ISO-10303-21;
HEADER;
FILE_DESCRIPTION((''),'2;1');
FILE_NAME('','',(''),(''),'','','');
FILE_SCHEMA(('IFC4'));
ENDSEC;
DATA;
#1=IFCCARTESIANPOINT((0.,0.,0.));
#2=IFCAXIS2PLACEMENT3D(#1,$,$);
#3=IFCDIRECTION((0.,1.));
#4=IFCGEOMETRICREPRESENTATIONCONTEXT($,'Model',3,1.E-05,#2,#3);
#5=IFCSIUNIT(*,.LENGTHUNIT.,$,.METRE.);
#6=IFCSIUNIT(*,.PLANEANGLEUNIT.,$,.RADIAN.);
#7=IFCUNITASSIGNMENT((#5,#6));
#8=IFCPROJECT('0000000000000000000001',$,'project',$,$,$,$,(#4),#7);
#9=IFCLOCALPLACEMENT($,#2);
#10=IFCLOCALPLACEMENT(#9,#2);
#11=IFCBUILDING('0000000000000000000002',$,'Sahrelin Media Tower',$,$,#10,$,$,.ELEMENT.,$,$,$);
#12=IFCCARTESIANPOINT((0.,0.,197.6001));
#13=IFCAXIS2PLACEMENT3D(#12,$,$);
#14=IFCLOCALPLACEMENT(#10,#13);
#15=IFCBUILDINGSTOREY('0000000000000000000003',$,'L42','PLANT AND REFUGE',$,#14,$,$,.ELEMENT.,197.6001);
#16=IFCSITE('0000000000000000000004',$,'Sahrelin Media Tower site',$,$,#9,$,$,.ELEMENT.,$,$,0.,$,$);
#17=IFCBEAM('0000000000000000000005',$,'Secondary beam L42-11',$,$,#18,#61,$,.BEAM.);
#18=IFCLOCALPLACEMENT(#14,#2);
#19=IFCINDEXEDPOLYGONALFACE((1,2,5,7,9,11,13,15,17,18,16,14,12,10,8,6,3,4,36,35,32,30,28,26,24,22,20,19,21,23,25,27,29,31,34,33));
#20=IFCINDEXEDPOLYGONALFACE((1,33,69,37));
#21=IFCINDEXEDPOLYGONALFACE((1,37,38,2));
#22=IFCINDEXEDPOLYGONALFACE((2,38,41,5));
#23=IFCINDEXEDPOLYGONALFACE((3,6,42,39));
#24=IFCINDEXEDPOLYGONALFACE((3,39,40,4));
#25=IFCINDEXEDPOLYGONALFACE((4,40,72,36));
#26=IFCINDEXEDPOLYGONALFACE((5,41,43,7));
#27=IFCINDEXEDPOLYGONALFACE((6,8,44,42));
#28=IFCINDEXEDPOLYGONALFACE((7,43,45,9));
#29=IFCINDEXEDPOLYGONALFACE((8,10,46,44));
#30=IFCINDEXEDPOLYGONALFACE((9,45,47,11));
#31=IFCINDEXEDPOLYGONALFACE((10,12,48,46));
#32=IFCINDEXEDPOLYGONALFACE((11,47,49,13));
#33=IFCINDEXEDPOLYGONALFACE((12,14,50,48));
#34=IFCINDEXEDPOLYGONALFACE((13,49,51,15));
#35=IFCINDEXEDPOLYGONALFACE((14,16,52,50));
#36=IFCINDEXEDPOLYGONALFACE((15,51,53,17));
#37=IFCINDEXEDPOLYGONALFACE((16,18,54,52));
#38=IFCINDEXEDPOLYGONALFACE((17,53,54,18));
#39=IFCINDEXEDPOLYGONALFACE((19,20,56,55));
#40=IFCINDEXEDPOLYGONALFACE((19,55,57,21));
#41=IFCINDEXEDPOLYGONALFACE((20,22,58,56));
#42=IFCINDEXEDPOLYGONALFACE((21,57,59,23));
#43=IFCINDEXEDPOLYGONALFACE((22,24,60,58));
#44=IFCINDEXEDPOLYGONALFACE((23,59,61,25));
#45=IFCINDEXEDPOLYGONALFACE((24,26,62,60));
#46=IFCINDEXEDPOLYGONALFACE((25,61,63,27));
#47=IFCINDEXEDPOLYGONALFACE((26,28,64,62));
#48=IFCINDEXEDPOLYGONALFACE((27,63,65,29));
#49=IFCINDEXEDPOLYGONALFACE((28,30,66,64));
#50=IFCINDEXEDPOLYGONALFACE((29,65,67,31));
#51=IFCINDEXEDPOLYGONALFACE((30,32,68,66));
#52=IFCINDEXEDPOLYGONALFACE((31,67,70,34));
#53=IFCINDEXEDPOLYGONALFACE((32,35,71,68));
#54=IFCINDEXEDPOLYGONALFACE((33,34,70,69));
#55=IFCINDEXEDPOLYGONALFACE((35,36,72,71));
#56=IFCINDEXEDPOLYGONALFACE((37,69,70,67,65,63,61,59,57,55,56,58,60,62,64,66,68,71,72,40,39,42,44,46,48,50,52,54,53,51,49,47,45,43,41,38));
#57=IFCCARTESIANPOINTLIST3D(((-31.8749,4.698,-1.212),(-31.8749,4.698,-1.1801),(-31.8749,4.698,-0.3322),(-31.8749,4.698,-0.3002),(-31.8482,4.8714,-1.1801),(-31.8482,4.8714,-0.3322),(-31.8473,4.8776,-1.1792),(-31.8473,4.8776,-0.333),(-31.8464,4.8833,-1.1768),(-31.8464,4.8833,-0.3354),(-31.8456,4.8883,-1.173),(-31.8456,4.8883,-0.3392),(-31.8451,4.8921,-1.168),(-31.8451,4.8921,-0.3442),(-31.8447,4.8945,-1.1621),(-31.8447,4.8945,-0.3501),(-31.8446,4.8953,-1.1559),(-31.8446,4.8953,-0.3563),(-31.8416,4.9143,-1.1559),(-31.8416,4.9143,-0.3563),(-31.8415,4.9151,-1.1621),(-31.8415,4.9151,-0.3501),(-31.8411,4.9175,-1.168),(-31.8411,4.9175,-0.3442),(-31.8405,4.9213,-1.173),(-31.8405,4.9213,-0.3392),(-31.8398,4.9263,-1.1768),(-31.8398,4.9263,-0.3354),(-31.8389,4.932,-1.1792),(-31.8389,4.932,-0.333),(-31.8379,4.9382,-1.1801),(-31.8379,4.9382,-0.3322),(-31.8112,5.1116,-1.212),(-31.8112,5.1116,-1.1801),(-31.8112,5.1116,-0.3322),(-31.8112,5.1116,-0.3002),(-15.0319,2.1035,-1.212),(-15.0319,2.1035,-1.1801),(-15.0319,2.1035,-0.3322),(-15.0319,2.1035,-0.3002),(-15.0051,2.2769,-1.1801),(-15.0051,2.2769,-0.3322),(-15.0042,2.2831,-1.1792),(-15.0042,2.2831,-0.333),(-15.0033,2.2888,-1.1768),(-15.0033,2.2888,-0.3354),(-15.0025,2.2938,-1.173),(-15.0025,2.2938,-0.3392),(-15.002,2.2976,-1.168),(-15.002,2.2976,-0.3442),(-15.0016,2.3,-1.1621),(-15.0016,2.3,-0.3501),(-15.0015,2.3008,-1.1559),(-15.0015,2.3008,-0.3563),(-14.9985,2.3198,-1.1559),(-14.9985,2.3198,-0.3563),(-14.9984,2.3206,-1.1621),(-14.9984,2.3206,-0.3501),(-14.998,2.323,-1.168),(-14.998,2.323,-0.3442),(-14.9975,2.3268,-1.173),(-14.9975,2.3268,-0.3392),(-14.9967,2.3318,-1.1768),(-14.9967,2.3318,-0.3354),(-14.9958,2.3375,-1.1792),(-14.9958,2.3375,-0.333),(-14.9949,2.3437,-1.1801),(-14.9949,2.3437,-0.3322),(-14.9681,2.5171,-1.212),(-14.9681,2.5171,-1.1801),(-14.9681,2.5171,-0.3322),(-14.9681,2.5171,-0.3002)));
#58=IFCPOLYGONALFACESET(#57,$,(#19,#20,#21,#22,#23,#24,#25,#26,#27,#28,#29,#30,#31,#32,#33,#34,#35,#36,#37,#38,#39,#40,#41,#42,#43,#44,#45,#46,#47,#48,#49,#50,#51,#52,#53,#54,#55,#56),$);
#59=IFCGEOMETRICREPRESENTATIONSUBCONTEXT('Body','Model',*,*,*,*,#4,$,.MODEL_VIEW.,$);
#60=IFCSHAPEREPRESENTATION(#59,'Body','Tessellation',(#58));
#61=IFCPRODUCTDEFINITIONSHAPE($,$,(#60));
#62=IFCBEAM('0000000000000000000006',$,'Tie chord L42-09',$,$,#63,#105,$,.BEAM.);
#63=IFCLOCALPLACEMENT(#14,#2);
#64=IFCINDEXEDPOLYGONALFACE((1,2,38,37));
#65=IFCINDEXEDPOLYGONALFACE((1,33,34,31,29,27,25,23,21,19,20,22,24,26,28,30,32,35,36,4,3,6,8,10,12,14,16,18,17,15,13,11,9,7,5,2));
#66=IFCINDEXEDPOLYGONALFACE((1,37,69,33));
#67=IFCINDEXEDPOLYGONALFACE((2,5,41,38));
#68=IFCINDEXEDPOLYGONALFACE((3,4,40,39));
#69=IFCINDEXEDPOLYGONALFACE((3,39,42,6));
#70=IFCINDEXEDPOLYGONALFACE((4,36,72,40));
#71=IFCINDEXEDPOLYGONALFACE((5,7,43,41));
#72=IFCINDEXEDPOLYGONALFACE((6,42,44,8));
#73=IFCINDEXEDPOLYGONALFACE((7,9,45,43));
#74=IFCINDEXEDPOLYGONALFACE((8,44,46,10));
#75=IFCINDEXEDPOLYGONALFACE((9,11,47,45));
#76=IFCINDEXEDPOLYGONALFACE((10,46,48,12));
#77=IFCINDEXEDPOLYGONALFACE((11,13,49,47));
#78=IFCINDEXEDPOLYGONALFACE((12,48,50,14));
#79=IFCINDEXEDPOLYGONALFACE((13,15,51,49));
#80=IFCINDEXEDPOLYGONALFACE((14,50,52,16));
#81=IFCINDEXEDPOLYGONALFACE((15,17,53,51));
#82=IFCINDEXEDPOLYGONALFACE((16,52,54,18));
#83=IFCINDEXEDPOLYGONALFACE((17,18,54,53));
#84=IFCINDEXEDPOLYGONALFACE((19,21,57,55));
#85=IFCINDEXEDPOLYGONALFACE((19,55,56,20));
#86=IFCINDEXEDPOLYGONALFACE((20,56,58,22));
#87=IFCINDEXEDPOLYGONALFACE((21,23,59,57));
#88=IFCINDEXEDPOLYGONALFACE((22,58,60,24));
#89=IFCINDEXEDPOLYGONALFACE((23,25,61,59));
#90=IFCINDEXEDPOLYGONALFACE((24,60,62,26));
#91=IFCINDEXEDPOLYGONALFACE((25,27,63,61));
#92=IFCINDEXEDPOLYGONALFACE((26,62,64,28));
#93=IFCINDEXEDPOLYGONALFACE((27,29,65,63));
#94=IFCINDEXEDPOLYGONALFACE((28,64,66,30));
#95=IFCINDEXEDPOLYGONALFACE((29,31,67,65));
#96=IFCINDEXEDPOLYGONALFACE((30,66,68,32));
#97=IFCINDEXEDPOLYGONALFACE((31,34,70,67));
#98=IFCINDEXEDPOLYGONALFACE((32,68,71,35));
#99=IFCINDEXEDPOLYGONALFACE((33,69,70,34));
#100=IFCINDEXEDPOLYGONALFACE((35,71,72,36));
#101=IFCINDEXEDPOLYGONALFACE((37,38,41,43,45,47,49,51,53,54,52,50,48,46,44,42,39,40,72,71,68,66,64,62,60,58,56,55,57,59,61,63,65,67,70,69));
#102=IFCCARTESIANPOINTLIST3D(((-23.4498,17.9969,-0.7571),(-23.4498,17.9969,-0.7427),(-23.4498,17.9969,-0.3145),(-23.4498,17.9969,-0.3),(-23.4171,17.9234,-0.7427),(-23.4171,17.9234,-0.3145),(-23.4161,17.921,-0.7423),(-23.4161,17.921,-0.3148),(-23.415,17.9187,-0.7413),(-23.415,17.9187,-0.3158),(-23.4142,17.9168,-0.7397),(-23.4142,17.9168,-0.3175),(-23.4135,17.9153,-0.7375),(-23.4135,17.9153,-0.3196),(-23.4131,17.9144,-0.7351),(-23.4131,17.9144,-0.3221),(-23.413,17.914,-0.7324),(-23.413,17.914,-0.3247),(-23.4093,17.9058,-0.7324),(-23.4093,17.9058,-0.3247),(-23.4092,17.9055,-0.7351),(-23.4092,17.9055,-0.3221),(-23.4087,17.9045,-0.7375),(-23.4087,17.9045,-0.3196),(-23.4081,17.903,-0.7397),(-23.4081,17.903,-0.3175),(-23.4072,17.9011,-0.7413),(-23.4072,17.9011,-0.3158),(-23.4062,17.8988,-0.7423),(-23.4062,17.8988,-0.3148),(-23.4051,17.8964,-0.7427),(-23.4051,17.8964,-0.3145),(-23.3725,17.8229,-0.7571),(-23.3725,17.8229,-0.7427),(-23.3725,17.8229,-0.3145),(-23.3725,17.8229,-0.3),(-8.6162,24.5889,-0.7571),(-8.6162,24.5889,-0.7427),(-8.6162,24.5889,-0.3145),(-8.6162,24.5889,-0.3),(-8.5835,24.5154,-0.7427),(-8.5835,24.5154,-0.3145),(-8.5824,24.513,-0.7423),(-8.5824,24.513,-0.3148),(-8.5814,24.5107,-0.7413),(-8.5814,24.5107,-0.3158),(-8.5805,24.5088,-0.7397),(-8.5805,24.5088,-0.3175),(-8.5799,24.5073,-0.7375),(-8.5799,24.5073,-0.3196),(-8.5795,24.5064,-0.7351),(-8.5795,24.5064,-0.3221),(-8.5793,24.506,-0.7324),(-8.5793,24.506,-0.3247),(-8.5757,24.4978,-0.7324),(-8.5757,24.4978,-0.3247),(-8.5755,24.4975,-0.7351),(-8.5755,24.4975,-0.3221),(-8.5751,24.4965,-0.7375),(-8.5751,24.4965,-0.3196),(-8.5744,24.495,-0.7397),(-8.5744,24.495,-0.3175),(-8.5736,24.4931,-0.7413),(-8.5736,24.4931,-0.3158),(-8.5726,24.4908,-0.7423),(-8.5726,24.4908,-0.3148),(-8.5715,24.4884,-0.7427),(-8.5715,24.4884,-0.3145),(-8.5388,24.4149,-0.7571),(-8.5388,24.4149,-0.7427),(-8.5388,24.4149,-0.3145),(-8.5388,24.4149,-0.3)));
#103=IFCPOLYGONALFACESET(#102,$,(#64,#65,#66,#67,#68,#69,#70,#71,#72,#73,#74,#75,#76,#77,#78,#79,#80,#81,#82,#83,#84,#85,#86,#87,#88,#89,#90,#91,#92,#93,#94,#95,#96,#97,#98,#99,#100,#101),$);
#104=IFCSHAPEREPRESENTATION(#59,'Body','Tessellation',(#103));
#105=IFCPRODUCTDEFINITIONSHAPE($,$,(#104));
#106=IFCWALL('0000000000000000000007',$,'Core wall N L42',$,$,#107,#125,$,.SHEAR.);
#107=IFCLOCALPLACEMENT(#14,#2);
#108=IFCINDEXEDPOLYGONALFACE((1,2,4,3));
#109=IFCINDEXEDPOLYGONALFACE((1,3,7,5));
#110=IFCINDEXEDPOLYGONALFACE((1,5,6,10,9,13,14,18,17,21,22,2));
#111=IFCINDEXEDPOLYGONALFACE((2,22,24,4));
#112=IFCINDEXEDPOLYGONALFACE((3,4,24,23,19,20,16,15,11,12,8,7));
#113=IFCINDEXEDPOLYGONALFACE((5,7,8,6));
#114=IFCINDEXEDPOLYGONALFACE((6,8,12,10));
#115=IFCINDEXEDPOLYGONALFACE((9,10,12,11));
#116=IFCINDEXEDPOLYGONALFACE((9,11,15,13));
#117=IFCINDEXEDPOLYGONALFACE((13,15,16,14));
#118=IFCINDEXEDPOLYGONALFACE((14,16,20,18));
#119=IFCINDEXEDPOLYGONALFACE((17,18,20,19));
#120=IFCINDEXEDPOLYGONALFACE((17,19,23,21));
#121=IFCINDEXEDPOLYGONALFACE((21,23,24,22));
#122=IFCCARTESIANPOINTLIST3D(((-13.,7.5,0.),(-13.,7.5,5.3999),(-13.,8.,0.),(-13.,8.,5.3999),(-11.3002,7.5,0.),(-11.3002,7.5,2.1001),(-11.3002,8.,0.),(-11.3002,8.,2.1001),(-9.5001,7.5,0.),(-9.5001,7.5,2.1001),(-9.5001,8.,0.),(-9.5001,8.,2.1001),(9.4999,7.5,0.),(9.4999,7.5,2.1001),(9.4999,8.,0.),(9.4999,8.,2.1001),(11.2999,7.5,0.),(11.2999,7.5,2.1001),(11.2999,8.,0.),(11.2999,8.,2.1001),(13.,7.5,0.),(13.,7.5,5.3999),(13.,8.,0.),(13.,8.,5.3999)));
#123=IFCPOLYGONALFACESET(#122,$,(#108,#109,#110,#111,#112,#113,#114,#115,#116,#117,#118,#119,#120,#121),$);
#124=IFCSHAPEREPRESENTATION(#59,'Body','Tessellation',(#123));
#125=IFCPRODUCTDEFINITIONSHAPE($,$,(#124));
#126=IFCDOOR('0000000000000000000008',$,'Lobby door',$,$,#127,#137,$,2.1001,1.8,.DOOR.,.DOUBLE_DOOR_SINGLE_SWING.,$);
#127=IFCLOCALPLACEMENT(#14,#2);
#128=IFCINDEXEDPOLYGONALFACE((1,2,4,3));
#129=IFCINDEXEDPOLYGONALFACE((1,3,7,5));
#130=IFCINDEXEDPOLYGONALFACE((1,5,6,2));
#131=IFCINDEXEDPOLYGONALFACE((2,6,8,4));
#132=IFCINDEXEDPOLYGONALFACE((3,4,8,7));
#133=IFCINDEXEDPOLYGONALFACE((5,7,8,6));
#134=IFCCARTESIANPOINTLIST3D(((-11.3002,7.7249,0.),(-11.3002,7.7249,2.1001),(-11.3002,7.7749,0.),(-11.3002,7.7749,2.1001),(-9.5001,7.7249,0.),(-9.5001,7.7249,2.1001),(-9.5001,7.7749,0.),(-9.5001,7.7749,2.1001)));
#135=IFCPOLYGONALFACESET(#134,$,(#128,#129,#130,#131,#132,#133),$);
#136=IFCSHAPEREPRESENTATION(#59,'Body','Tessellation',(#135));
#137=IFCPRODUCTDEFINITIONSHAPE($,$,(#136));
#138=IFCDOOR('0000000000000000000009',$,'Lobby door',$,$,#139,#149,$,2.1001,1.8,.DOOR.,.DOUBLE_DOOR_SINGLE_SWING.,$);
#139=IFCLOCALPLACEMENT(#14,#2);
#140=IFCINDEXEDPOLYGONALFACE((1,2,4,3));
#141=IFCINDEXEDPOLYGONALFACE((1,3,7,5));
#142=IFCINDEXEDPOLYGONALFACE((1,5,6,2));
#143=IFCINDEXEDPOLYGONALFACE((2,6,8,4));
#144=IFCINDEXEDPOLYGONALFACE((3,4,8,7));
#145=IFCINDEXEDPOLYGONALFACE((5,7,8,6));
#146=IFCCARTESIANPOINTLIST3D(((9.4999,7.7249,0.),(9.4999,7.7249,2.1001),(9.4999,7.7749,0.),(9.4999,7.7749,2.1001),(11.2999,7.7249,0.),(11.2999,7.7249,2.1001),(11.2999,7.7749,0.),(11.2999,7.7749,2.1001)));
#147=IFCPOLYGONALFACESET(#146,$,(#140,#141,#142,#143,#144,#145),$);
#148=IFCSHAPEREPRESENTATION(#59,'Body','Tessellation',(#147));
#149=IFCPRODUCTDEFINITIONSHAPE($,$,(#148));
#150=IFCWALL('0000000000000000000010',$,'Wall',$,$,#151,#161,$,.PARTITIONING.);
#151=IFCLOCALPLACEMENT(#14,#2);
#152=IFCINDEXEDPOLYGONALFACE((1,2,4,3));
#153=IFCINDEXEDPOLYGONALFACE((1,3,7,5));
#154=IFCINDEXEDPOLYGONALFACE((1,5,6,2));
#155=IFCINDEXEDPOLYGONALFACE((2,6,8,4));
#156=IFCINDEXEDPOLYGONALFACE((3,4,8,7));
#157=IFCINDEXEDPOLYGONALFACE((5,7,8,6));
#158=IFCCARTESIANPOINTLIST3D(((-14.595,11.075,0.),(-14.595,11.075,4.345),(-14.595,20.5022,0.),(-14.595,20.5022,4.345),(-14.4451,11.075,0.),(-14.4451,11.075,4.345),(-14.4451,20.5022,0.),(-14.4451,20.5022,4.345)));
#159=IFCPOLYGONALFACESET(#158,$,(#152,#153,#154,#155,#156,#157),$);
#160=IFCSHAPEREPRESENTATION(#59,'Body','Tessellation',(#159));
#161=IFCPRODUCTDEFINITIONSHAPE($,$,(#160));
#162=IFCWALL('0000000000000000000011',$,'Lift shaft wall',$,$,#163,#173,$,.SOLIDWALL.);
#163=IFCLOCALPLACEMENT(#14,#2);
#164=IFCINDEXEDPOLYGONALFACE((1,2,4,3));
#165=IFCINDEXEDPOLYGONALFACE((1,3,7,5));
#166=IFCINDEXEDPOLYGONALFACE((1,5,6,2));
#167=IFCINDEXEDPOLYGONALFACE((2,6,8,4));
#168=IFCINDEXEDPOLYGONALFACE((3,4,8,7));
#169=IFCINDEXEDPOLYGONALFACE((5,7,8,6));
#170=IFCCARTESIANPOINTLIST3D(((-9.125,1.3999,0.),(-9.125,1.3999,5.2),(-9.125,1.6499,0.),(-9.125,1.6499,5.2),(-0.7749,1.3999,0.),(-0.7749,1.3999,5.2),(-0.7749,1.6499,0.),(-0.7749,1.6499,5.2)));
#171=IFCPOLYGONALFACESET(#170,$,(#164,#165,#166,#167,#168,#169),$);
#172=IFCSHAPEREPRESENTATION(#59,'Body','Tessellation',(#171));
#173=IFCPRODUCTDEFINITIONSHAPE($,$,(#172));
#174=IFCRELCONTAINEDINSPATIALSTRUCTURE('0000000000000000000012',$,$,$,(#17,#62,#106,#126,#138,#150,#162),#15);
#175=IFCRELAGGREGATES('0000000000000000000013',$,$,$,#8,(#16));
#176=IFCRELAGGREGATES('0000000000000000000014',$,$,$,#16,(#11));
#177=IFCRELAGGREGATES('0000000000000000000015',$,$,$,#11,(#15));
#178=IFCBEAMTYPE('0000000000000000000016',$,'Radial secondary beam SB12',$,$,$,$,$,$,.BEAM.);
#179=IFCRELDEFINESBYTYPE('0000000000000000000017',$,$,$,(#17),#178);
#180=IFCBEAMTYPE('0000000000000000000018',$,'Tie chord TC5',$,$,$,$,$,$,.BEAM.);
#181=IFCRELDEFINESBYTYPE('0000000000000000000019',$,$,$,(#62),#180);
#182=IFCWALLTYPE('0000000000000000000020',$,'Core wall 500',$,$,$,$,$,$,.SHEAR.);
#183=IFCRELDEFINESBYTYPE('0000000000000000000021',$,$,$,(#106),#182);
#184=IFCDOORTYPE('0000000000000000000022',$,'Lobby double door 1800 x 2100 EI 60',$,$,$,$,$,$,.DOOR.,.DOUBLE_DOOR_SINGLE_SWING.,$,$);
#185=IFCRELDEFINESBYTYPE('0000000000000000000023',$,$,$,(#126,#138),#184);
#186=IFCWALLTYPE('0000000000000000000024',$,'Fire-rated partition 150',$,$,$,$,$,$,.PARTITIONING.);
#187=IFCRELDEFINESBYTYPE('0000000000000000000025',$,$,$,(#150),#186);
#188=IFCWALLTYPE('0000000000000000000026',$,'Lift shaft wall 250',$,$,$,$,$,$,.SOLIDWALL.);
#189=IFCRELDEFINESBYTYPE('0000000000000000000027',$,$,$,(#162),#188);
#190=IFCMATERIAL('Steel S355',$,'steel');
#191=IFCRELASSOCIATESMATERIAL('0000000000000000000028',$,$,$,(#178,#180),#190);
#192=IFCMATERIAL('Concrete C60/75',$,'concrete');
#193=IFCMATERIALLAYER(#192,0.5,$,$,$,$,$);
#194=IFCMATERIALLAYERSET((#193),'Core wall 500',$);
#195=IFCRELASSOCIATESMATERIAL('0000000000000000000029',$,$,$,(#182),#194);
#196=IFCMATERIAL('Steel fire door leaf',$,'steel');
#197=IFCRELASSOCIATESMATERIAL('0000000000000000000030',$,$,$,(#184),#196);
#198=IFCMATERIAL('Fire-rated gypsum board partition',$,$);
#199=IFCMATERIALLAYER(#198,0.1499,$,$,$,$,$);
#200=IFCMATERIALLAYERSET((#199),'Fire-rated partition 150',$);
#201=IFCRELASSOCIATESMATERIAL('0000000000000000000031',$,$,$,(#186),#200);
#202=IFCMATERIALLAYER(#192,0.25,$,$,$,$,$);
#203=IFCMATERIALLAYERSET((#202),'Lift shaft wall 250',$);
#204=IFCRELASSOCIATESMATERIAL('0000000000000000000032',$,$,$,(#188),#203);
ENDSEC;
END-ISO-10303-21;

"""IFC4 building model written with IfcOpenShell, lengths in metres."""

from ifc_helpers import new_model, si_unit, direction, frame, frame_2d, origin, origin_2d, place, context, subcontext, project, spatial, rectangle, i_section, extrude, material, layer, layer_set, material_profile, profile_set, type_object, element, fill, save


model = new_model("IFC4")

# Units and contexts
model_context = context("Model", 3, precision=1e-05, world=origin(), true_north=direction((0.0, 1.0)))
body_context = subcontext(model_context, "Body", "Model", "MODEL_VIEW")
ifc_project = project(units=[si_unit("LENGTHUNIT", "METRE"), si_unit("PLANEANGLEUNIT", "RADIAN")], contexts=[model_context])

# Site, building, storey
site_placement = place(None, origin())
site = spatial("IfcSite", under=ifc_project, at=site_placement, Name="Sahrelin Media Tower site", CompositionType="ELEMENT", RefElevation=0.0)
building_placement = place(site_placement, origin())
building = spatial("IfcBuilding", under=site, at=building_placement, Name="Sahrelin Media Tower", CompositionType="ELEMENT")
storey_placement = place(building_placement, frame((0.0, 0.0, 197.6001)))
storey = spatial("IfcBuildingStorey", under=building, at=storey_placement, Name="L42", Description="PLANT AND REFUGE", CompositionType="ELEMENT", Elevation=197.6001)

# Beams
ifc_material_1 = material(Name="Steel S355", Category="steel")
ifc_material_profile_1 = material_profile(ifc_material_1, i_section(OverallWidth=0.4185, OverallDepth=0.9119, WebThickness=0.0193, FlangeThickness=0.032, FilletRadius=0.0242, at=origin_2d()), Name="UB 914x419x343")
ifc_profile_set_1 = profile_set([ifc_material_profile_1], Name="Steel S355")
beam_type_1 = type_object("IfcBeamType", Name="Radial secondary beam SB12", PredefinedType="BEAM", material=ifc_profile_set_1)
beam_1_placement = place(storey_placement, frame((-15.0, 2.3103, -0.7561), z_axis=(-0.988343, 0.152243, 0.0), x_axis=(-0.152243, -0.988343, 0.0)))
element("IfcBeam", 1, at=beam_1_placement, inside=storey, type_object=beam_type_1, Name="Secondary beam L42-11", PredefinedType="BEAM", context=body_context, shape_type="SweptSolid", body=[
    extrude(i_section(OverallWidth=0.4185, OverallDepth=0.9119, WebThickness=0.0193, FlangeThickness=0.032, FilletRadius=0.0242, at=origin_2d()), origin(), (0.0, 0.0, 1.0), 17.0417),
])
ifc_material_profile_2 = material_profile(ifc_material_1, i_section(OverallWidth=0.1904, OverallDepth=0.457, WebThickness=0.009, FlangeThickness=0.0144, FilletRadius=0.0103, at=origin_2d()), Name="UB 457x191x74")
ifc_profile_set_2 = profile_set([ifc_material_profile_2], Name="Steel S355")
beam_type_2 = type_object("IfcBeamType", Name="Tie chord TC5", PredefinedType="BEAM", material=ifc_profile_set_2)
beam_2_placement = place(storey_placement, frame((-23.4111, 17.9099, -0.5286), z_axis=(0.913828, 0.406101, 0.0), x_axis=(-0.406101, 0.913828, 0.0)))
element("IfcBeam", 2, at=beam_2_placement, inside=storey, type_object=beam_type_2, Name="Tie chord L42-09", PredefinedType="BEAM", context=body_context, shape_type="SweptSolid", body=[
    extrude(i_section(OverallWidth=0.1904, OverallDepth=0.457, WebThickness=0.009, FlangeThickness=0.0144, FilletRadius=0.0103, at=origin_2d()), origin(), (0.0, 0.0, 1.0), 16.2324),
])

# Wall, openings, doors
ifc_material_2 = material(Name="Concrete C60/75", Category="concrete")
ifc_layer_1 = layer(ifc_material_2, 0.5)
ifc_layer_set_1 = layer_set([ifc_layer_1], Name="Core wall 500")
wall_type_1 = type_object("IfcWallType", Name="Core wall 500", PredefinedType="SHEAR", material=ifc_layer_set_1)
wall_1_placement = place(storey_placement, frame((-13.0, 7.75, 0.0), z_axis=(0.0, 0.0, 1.0), x_axis=(1.0, 0.0, 0.0)))
wall_1 = element("IfcWall", 3, at=wall_1_placement, inside=storey, type_object=wall_type_1, Name="Core wall N L42", PredefinedType="SHEAR", context=body_context, shape_type="SweptSolid", body=[
    extrude(rectangle(XDim=26.0, YDim=0.5, at=frame_2d((13.0, 0.0))), origin(), (0.0, 0.0, 1.0), 5.3999),
])
opening_1_placement = place(wall_1_placement, frame((1.7, 0.0, 0.0)))
opening_1 = element("IfcOpeningElement", 4, at=opening_1_placement, cuts=wall_1, PredefinedType="OPENING", context=body_context, shape_type="SweptSolid", body=[
    extrude(rectangle(XDim=1.8, YDim=2.1001, at=frame_2d((0.8999, 1.05))), frame((0.0, 0.25, 0.0), z_axis=(0.0, -1.0, 0.0), x_axis=(1.0, 0.0, 0.0)), (0.0, 0.0, 1.0), 0.5),
])
opening_2_placement = place(wall_1_placement, frame((22.5, 0.0, 0.0)))
opening_2 = element("IfcOpeningElement", 5, at=opening_2_placement, cuts=wall_1, PredefinedType="OPENING", context=body_context, shape_type="SweptSolid", body=[
    extrude(rectangle(XDim=1.8, YDim=2.1001, at=frame_2d((0.8999, 1.05))), frame((0.0, 0.25, 0.0), z_axis=(0.0, -1.0, 0.0), x_axis=(1.0, 0.0, 0.0)), (0.0, 0.0, 1.0), 0.5),
])
ifc_material_3 = material(Name="Steel fire door leaf", Category="steel")
door_type = type_object("IfcDoorType", Name="Lobby double door 1800 x 2100 EI 60", OperationType="DOUBLE_DOOR_SINGLE_SWING", PredefinedType="DOOR", material=ifc_material_3)
door_1_placement = place(opening_1_placement, origin())
door_1 = element("IfcDoor", 6, at=door_1_placement, inside=storey, type_object=door_type, Name="Lobby door", OperationType="DOUBLE_DOOR_SINGLE_SWING", OverallHeight=2.1001, OverallWidth=1.8, PredefinedType="DOOR", context=body_context, shape_type="SweptSolid", body=[
    extrude(rectangle(XDim=1.8, YDim=2.1001, at=frame_2d((0.8999, 1.05))), frame((0.0, 0.0249, 0.0), z_axis=(0.0, -1.0, 0.0), x_axis=(1.0, 0.0, 0.0)), (0.0, 0.0, 1.0), 0.05),
])
fill(opening_1, door_1)
door_2_placement = place(opening_2_placement, origin())
door_2 = element("IfcDoor", 7, at=door_2_placement, inside=storey, type_object=door_type, Name="Lobby door", OperationType="DOUBLE_DOOR_SINGLE_SWING", OverallHeight=2.1001, OverallWidth=1.8, PredefinedType="DOOR", context=body_context, shape_type="SweptSolid", body=[
    extrude(rectangle(XDim=1.8, YDim=2.1001, at=frame_2d((0.8999, 1.05))), frame((0.0, 0.0249, 0.0), z_axis=(0.0, -1.0, 0.0), x_axis=(1.0, 0.0, 0.0)), (0.0, 0.0, 1.0), 0.05),
])
fill(opening_2, door_2)

# Walls
ifc_material_4 = material(Name="Fire-rated gypsum board partition")
ifc_layer_2 = layer(ifc_material_4, 0.1499)
ifc_layer_set_2 = layer_set([ifc_layer_2], Name="Fire-rated partition 150")
wall_type_2 = type_object("IfcWallType", Name="Fire-rated partition 150", PredefinedType="PARTITIONING", material=ifc_layer_set_2)
wall_2_placement = place(storey_placement, frame((-14.52, 11.075, 0.0), z_axis=(0.0, 0.0, 1.0), x_axis=(0.0, 1.0, 0.0)))
element("IfcWall", 8, at=wall_2_placement, inside=storey, type_object=wall_type_2, Name="Wall", PredefinedType="PARTITIONING", context=body_context, shape_type="SweptSolid", body=[
    extrude(rectangle(XDim=9.4272, YDim=0.1499, at=frame_2d((4.7136, 0.0))), origin(), (0.0, 0.0, 1.0), 4.345),
])
ifc_layer_3 = layer(ifc_material_2, 0.25)
ifc_layer_set_3 = layer_set([ifc_layer_3], Name="Lift shaft wall 250")
wall_type_3 = type_object("IfcWallType", Name="Lift shaft wall 250", PredefinedType="SOLIDWALL", material=ifc_layer_set_3)
for number, where, z_axis, x_axis, name in (
    (9, (-9.125, 1.5249, 0.0), (0.0, 0.0, 1.0), (1.0, 0.0, 0.0), "Lift shaft wall"),
):
    element("IfcWall", number, at=place(storey_placement, frame(where, z_axis=z_axis, x_axis=x_axis)), inside=storey, type_object=wall_type_3, Name=name, PredefinedType="SOLIDWALL", context=body_context, shape_type="SweptSolid", body=[
        extrude(rectangle(XDim=8.3501, YDim=0.25, at=frame_2d((4.175, 0.0))), origin(), (0.0, 0.0, 1.0), 5.2),
    ])

save(model, "model.ifc")
